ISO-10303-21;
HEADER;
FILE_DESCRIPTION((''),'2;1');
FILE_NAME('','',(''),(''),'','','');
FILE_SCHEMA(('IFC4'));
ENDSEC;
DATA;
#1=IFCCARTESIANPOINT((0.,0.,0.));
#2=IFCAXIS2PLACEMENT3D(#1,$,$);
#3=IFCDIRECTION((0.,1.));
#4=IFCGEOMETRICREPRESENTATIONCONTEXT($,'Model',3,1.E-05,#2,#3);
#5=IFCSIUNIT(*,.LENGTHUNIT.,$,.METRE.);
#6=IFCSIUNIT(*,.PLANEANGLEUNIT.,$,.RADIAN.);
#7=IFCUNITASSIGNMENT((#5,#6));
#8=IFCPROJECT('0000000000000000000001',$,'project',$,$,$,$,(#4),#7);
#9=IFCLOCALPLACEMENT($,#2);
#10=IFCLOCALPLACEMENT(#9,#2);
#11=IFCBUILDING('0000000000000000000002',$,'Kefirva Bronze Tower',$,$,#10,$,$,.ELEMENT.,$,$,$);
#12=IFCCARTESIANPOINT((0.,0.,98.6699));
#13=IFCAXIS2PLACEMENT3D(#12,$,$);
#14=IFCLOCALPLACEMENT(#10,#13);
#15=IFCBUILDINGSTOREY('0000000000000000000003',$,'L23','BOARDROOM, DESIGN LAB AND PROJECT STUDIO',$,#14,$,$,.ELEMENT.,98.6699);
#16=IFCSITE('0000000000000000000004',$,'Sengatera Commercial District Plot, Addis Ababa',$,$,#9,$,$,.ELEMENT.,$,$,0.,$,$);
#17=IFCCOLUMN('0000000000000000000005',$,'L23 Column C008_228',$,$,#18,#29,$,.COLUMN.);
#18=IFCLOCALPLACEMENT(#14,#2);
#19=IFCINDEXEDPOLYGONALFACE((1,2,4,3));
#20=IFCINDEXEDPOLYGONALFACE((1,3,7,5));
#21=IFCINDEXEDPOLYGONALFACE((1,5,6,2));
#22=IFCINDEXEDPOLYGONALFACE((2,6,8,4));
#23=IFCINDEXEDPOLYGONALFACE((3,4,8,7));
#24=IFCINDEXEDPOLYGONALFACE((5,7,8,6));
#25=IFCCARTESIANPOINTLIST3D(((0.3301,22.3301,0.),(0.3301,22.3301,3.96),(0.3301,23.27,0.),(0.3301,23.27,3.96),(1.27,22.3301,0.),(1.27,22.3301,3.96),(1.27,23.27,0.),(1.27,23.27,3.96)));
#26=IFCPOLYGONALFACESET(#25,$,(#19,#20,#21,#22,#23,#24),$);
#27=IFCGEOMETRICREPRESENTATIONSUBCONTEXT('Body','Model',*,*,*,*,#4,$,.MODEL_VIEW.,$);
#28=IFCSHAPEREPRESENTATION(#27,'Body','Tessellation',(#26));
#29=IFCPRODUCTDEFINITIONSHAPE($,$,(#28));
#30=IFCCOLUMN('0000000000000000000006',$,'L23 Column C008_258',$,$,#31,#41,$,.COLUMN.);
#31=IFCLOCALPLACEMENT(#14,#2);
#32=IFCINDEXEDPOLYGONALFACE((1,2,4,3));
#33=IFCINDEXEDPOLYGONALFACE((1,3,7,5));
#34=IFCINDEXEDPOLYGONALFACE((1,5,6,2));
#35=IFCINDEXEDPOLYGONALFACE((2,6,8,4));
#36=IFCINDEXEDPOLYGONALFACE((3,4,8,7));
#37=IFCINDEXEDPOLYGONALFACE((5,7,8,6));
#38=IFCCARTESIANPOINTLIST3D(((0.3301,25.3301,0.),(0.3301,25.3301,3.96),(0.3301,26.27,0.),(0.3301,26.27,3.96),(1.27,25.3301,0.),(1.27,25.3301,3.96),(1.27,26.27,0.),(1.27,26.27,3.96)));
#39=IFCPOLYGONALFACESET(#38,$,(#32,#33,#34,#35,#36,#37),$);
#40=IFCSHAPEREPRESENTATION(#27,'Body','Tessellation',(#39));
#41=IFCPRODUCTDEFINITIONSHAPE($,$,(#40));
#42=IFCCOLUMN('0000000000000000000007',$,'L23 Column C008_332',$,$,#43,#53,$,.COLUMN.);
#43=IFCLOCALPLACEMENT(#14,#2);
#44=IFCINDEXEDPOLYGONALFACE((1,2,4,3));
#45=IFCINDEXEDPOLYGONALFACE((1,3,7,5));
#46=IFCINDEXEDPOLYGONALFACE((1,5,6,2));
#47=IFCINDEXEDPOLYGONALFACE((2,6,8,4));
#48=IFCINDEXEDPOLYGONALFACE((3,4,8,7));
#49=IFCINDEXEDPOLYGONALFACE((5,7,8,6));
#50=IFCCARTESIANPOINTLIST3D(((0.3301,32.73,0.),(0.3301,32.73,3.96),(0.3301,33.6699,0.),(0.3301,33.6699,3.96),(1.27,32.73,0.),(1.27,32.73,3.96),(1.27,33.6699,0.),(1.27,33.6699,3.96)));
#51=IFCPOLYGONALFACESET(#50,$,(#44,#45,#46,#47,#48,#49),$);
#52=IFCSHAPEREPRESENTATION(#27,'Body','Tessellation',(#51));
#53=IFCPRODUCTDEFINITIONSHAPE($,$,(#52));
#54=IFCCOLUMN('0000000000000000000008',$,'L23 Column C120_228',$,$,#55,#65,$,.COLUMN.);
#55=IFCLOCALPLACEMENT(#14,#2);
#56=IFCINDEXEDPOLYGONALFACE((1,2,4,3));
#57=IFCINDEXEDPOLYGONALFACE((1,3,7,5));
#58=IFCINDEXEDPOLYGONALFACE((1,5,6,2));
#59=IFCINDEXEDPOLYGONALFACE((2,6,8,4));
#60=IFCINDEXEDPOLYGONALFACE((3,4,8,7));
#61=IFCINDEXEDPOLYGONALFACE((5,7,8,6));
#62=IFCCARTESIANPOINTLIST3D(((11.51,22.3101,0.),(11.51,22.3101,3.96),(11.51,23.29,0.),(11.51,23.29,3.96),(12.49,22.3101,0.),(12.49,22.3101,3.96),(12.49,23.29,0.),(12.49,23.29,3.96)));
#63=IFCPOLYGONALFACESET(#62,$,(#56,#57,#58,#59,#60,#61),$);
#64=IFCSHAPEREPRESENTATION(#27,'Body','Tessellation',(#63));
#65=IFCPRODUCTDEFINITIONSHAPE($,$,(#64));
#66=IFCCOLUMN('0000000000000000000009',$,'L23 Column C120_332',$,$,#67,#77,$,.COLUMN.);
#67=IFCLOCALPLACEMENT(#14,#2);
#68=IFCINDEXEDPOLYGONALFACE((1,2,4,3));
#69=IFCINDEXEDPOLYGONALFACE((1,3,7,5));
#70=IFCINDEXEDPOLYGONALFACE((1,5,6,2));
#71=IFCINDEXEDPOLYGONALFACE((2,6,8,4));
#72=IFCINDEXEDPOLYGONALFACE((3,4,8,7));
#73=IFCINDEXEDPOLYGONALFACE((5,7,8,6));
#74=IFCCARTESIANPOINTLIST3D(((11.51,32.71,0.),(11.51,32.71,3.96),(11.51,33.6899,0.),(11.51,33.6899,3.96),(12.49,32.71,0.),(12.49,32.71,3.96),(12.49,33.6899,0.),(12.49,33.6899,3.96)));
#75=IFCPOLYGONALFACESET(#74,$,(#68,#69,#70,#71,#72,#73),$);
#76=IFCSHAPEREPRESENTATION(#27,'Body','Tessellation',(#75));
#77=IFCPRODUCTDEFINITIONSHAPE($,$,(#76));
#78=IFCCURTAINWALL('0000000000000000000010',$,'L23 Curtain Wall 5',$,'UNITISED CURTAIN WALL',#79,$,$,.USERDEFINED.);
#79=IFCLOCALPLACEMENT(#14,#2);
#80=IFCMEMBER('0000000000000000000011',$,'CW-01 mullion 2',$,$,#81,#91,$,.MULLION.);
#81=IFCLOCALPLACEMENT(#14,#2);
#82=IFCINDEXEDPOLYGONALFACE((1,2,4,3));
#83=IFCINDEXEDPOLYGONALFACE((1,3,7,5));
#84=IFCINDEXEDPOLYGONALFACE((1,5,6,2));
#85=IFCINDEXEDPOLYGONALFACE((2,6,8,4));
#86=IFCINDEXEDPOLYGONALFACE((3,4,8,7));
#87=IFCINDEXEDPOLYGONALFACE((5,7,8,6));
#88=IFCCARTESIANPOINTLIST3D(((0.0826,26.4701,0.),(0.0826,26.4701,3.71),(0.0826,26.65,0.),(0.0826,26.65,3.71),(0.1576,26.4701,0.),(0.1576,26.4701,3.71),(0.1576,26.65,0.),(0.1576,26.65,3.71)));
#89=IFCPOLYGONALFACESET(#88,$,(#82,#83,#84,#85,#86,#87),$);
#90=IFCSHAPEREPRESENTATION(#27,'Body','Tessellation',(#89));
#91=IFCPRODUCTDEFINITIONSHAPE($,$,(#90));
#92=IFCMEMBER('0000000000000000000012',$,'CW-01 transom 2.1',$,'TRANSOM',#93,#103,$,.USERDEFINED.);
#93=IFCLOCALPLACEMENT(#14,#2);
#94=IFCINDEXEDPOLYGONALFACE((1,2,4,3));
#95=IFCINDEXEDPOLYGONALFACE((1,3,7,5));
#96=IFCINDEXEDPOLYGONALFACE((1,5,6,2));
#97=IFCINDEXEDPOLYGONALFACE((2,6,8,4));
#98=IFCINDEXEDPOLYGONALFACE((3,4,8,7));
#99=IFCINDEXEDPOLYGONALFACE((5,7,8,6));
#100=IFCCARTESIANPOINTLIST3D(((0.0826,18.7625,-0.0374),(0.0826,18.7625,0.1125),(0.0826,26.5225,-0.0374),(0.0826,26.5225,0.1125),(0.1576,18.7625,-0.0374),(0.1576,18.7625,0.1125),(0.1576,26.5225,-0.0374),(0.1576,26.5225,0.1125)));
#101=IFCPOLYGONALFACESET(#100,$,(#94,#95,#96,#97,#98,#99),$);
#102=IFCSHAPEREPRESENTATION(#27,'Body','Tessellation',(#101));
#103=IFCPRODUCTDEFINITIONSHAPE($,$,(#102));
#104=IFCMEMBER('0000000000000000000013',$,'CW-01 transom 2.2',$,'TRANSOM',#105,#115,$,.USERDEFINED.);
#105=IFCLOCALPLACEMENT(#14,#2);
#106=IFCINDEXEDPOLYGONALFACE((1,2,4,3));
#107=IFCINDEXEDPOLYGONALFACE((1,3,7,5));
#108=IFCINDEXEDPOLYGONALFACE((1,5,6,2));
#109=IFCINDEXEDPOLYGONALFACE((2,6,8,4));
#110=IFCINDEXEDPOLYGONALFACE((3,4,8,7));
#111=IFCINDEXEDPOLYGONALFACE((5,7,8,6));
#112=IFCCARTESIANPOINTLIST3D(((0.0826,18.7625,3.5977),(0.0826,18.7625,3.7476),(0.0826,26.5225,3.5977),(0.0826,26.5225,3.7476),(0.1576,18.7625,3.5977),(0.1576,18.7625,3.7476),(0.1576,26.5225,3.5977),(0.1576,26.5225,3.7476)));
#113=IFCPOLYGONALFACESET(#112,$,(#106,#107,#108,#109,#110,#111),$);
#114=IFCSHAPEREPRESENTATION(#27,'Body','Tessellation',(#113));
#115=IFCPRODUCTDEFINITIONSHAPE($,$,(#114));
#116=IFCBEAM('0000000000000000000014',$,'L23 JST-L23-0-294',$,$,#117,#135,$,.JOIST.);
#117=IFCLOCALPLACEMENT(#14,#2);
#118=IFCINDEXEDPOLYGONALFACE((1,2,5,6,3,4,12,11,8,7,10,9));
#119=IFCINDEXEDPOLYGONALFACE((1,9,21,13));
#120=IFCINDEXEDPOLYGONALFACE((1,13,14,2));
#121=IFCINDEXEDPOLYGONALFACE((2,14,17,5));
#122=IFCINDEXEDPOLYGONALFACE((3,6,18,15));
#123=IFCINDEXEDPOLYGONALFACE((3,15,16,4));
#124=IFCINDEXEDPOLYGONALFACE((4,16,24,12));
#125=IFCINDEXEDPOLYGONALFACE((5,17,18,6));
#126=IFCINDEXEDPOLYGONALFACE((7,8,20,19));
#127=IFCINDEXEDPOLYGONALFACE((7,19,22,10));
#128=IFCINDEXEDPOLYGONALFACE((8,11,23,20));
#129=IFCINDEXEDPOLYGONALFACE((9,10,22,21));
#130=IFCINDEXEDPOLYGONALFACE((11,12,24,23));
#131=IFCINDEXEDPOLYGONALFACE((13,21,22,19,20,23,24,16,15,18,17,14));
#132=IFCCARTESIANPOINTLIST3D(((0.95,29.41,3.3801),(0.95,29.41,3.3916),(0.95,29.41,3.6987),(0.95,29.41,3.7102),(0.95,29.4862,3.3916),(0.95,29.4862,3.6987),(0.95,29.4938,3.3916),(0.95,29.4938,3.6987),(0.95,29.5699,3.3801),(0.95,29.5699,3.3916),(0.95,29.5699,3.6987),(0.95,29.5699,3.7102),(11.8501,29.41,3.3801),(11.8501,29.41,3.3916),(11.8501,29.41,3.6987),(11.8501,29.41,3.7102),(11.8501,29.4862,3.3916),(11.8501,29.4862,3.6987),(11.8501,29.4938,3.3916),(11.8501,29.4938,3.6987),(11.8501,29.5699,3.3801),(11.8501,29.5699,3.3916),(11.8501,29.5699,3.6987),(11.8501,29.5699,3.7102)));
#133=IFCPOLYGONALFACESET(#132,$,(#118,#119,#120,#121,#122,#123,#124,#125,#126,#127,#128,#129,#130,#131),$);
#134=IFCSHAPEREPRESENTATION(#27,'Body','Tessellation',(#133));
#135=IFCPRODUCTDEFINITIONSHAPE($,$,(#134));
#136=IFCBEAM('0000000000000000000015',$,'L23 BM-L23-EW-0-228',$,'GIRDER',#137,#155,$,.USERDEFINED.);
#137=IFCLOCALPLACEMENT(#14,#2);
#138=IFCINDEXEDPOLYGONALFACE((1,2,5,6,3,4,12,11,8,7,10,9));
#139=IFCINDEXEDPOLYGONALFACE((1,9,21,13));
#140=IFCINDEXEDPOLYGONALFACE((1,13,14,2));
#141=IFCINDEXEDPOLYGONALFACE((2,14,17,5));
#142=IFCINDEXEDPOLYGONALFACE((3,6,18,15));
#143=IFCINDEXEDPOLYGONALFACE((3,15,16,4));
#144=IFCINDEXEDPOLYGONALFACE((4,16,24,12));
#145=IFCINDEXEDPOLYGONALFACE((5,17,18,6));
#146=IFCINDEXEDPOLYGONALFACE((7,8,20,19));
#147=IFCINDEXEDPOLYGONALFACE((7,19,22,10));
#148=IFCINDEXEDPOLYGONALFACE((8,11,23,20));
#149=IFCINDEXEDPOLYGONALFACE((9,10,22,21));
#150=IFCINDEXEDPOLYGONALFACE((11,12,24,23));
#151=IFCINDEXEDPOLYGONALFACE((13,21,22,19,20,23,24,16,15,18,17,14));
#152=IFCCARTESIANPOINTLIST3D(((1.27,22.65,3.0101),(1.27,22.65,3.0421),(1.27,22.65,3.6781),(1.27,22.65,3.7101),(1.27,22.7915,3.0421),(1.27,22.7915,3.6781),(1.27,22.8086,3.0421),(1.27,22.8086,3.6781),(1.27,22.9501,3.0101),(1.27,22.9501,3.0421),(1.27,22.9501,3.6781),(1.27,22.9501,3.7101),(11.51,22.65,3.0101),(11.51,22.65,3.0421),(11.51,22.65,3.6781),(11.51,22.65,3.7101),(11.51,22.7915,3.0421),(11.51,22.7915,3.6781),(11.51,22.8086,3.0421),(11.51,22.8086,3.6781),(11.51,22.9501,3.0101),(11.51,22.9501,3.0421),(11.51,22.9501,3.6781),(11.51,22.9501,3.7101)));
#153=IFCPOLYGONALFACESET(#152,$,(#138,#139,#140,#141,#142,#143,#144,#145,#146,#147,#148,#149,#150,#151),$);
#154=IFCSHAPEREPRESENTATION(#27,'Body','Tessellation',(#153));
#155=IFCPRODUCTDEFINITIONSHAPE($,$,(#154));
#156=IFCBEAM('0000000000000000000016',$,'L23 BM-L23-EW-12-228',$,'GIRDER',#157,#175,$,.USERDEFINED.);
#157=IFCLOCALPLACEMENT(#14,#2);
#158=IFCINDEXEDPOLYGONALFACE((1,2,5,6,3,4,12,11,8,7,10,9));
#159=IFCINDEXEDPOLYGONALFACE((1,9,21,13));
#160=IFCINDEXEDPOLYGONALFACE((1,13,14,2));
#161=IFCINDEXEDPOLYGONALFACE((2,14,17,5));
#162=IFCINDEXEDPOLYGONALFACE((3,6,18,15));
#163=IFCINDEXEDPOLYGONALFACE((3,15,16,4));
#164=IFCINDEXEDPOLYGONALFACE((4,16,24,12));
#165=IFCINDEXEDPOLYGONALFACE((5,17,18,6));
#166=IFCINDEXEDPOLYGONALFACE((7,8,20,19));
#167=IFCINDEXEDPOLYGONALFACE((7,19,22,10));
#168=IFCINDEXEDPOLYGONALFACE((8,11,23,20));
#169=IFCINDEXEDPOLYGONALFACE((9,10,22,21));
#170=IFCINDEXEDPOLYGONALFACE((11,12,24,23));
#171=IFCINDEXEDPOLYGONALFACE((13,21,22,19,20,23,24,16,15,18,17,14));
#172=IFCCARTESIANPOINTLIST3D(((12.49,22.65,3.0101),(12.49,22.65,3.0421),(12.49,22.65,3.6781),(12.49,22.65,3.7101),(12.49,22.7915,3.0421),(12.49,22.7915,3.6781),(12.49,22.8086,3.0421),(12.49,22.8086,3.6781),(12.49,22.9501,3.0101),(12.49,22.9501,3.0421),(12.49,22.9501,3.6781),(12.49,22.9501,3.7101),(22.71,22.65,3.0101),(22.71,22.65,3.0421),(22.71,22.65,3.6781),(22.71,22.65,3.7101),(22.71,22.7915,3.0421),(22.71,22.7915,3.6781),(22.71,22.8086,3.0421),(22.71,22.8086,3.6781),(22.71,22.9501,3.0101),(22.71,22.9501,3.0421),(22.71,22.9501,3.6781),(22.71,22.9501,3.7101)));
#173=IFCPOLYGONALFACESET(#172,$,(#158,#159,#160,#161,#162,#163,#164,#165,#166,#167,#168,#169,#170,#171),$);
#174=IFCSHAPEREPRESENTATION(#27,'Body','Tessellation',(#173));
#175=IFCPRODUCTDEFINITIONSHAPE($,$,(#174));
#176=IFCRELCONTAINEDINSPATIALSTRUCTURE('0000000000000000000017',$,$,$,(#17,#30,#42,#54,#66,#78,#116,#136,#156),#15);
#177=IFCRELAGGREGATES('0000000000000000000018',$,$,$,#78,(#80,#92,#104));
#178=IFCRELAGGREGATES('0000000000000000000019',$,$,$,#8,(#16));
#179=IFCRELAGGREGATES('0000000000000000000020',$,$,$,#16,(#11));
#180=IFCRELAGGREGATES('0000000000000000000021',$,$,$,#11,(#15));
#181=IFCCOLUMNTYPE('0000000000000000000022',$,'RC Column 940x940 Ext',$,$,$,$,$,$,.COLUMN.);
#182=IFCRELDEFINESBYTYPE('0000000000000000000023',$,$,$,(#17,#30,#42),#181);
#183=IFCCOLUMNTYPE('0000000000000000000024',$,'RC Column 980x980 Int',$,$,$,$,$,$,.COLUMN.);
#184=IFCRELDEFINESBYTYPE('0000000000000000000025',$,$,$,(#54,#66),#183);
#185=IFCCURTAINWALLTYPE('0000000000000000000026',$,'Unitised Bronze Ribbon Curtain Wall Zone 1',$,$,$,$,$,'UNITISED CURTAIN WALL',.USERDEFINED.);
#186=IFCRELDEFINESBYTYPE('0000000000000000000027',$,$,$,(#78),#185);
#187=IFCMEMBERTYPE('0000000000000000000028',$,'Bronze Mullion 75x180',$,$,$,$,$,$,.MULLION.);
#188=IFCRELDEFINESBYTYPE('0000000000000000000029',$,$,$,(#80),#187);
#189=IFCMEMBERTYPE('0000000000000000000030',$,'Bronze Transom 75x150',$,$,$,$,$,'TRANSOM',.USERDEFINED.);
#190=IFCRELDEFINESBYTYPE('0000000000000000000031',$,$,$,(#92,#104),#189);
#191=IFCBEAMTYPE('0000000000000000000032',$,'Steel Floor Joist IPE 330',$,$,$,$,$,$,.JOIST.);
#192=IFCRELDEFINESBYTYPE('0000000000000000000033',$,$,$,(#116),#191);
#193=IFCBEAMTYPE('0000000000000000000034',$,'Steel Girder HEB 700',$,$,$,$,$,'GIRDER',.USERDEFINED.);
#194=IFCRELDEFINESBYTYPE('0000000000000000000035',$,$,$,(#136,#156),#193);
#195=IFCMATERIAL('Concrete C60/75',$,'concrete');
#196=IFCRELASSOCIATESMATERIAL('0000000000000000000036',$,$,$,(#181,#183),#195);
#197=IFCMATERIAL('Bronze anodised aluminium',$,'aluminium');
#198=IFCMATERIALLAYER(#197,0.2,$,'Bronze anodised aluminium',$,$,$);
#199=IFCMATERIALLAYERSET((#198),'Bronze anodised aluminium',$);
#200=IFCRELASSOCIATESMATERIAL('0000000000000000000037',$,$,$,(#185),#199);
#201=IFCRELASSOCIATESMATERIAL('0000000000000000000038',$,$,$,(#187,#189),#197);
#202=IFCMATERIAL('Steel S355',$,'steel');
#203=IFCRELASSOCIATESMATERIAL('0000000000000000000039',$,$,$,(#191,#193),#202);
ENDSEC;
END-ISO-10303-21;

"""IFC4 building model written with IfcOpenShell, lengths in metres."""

from ifc_helpers import new_model, si_unit, direction, frame, origin, origin_2d, place, context, subcontext, project, spatial, rectangle, i_section, extrude, material, layer, layer_set, material_profile, profile_set, type_object, element, aggregate, save


model = new_model("IFC4")

# Units and contexts
model_context = context("Model", 3, precision=1e-05, world=origin(), true_north=direction((0.0, 1.0)))
body_context = subcontext(model_context, "Body", "Model", "MODEL_VIEW")
ifc_project = project(units=[si_unit("LENGTHUNIT", "METRE"), si_unit("PLANEANGLEUNIT", "RADIAN")], contexts=[model_context])

# Site, building, storey
site_placement = place(None, origin())
site = spatial("IfcSite", under=ifc_project, at=site_placement, Name="Sengatera Commercial District Plot, Addis Ababa", CompositionType="ELEMENT", RefElevation=0.0)
building_placement = place(site_placement, origin())
building = spatial("IfcBuilding", under=site, at=building_placement, Name="Kefirva Bronze Tower", CompositionType="ELEMENT")
storey_placement = place(building_placement, frame((0.0, 0.0, 98.6699)))
storey = spatial("IfcBuildingStorey", under=building, at=storey_placement, Name="L23", Description="BOARDROOM, DESIGN LAB AND PROJECT STUDIO", CompositionType="ELEMENT", Elevation=98.6699)

# Columns
ifc_material_1 = material(Name="Concrete C60/75", Category="concrete")
ifc_material_profile_1 = material_profile(ifc_material_1, rectangle(XDim=0.9399, YDim=0.9399, at=origin_2d()), Name="RC 940x940")
ifc_profile_set_1 = profile_set([ifc_material_profile_1], Name="Concrete C60/75")
column_type_1 = type_object("IfcColumnType", Name="RC Column 940x940 Ext", PredefinedType="COLUMN", material=ifc_profile_set_1)
for number, where, z_axis, x_axis, name in (
    (1, (0.8, 22.8, 0.0), (0.0, 0.0, 1.0), (1.0, 0.0, 0.0), "L23 Column C008_228"),
    (2, (0.8, 25.8, 0.0), (0.0, 0.0, 1.0), (1.0, 0.0, 0.0), "L23 Column C008_258"),
    (3, (0.8, 33.2, 0.0), (0.0, 0.0, 1.0), (1.0, 0.0, 0.0), "L23 Column C008_332"),
):
    element("IfcColumn", number, at=place(storey_placement, frame(where, z_axis=z_axis, x_axis=x_axis)), inside=storey, type_object=column_type_1, Name=name, PredefinedType="COLUMN", context=body_context, shape_type="SweptSolid", body=[
        extrude(rectangle(XDim=0.9399, YDim=0.9399, at=origin_2d()), origin(), (0.0, 0.0, 1.0), 3.96),
    ])
ifc_material_profile_2 = material_profile(ifc_material_1, rectangle(XDim=0.98, YDim=0.98, at=origin_2d()), Name="RC 980x980")
ifc_profile_set_2 = profile_set([ifc_material_profile_2], Name="Concrete C60/75")
column_type_2 = type_object("IfcColumnType", Name="RC Column 980x980 Int", PredefinedType="COLUMN", material=ifc_profile_set_2)
for number, where, z_axis, x_axis, name in (
    (4, (12.0, 22.8, 0.0), (0.0, 0.0, 1.0), (1.0, 0.0, 0.0), "L23 Column C120_228"),
    (5, (12.0, 33.2, 0.0), (0.0, 0.0, 1.0), (1.0, 0.0, 0.0), "L23 Column C120_332"),
):
    element("IfcColumn", number, at=place(storey_placement, frame(where, z_axis=z_axis, x_axis=x_axis)), inside=storey, type_object=column_type_2, Name=name, PredefinedType="COLUMN", context=body_context, shape_type="SweptSolid", body=[
        extrude(rectangle(XDim=0.98, YDim=0.98, at=origin_2d()), origin(), (0.0, 0.0, 1.0), 3.96),
    ])

# Curtain wall, members
ifc_material_2 = material(Name="Bronze anodised aluminium", Category="aluminium")
ifc_layer_1 = layer(ifc_material_2, 0.2, Name="Bronze anodised aluminium")
ifc_layer_set_1 = layer_set([ifc_layer_1], Name="Bronze anodised aluminium")
curtain_wall_type = type_object("IfcCurtainWallType", Name="Unitised Bronze Ribbon Curtain Wall Zone 1", ElementType="UNITISED CURTAIN WALL", PredefinedType="USERDEFINED", material=ifc_layer_set_1)
curtain_wall_placement = place(storey_placement, origin())
curtain_wall = element("IfcCurtainWall", 6, at=curtain_wall_placement, inside=storey, type_object=curtain_wall_type, Name="L23 Curtain Wall 5", ObjectType="UNITISED CURTAIN WALL", PredefinedType="USERDEFINED")
ifc_material_profile_3 = material_profile(ifc_material_2, rectangle(XDim=0.075, YDim=0.1799, at=origin_2d()), Name="ALU 75x180")
ifc_profile_set_3 = profile_set([ifc_material_profile_3], Name="Bronze anodised aluminium")
member_type_1 = type_object("IfcMemberType", Name="Bronze Mullion 75x180", PredefinedType="MULLION", material=ifc_profile_set_3)
member_1_placement = place(storey_placement, frame((0.1201, 26.5601, 0.0), z_axis=(0.0, 0.0, 1.0), x_axis=(1.0, 0.0, 0.0)))
member_1 = element("IfcMember", 7, at=member_1_placement, type_object=member_type_1, Name="CW-01 mullion 2", PredefinedType="MULLION", context=body_context, shape_type="SweptSolid", body=[
    extrude(rectangle(XDim=0.075, YDim=0.1799, at=origin_2d()), origin(), (0.0, 0.0, 1.0), 3.71),
])
ifc_material_profile_4 = material_profile(ifc_material_2, rectangle(XDim=0.075, YDim=0.1499, at=origin_2d()), Name="ALU 75x150")
ifc_profile_set_4 = profile_set([ifc_material_profile_4], Name="Bronze anodised aluminium")
member_type_2 = type_object("IfcMemberType", Name="Bronze Transom 75x150", ElementType="TRANSOM", PredefinedType="USERDEFINED", material=ifc_profile_set_4)
member_2_placement = place(storey_placement, frame((0.1201, 26.5225, 0.0376), z_axis=(0.0, -1.0, 0.0), x_axis=(1.0, 0.0, 0.0)))
member_2 = element("IfcMember", 8, at=member_2_placement, type_object=member_type_2, Name="CW-01 transom 2.1", ObjectType="TRANSOM", PredefinedType="USERDEFINED", context=body_context, shape_type="SweptSolid", body=[
    extrude(rectangle(XDim=0.075, YDim=0.1499, at=origin_2d()), origin(), (0.0, 0.0, 1.0), 7.76),
])
member_3_placement = place(storey_placement, frame((0.1201, 26.5225, 3.6726), z_axis=(0.0, -1.0, 0.0), x_axis=(1.0, 0.0, 0.0)))
member_3 = element("IfcMember", 9, at=member_3_placement, type_object=member_type_2, Name="CW-01 transom 2.2", ObjectType="TRANSOM", PredefinedType="USERDEFINED", context=body_context, shape_type="SweptSolid", body=[
    extrude(rectangle(XDim=0.075, YDim=0.1499, at=origin_2d()), origin(), (0.0, 0.0, 1.0), 7.76),
])

# Beams
ifc_material_3 = material(Name="Steel S355", Category="steel")
ifc_material_profile_5 = material_profile(ifc_material_3, i_section(OverallWidth=0.1599, OverallDepth=0.3301, WebThickness=0.0076, FlangeThickness=0.0115, at=origin_2d()), Name="IPE 330")
ifc_profile_set_5 = profile_set([ifc_material_profile_5], Name="Steel S355")
beam_type_1 = type_object("IfcBeamType", Name="Steel Floor Joist IPE 330", PredefinedType="JOIST", material=ifc_profile_set_5)
beam_1_placement = place(storey_placement, frame((0.95, 29.49, 3.5452), z_axis=(1.0, 0.0, 0.0), x_axis=(0.0, 1.0, 0.0)))
element("IfcBeam", 10, at=beam_1_placement, inside=storey, type_object=beam_type_1, Name="L23 JST-L23-0-294", PredefinedType="JOIST", context=body_context, shape_type="SweptSolid", body=[
    extrude(i_section(OverallWidth=0.1599, OverallDepth=0.3301, WebThickness=0.0076, FlangeThickness=0.0115, at=origin_2d()), origin(), (0.0, 0.0, 1.0), 10.9001),
])
ifc_material_profile_6 = material_profile(ifc_material_3, i_section(OverallWidth=0.3, OverallDepth=0.7, WebThickness=0.0171, FlangeThickness=0.032, at=origin_2d()), Name="HEB 700")
ifc_profile_set_6 = profile_set([ifc_material_profile_6], Name="Steel S355")
beam_type_2 = type_object("IfcBeamType", Name="Steel Girder HEB 700", ElementType="GIRDER", PredefinedType="USERDEFINED", material=ifc_profile_set_6)
beam_2_placement = place(storey_placement, frame((1.27, 22.8, 3.3601), z_axis=(1.0, 0.0, 0.0), x_axis=(0.0, 1.0, 0.0)))
element("IfcBeam", 11, at=beam_2_placement, inside=storey, type_object=beam_type_2, Name="L23 BM-L23-EW-0-228", ObjectType="GIRDER", PredefinedType="USERDEFINED", context=body_context, shape_type="SweptSolid", body=[
    extrude(i_section(OverallWidth=0.3, OverallDepth=0.7, WebThickness=0.0171, FlangeThickness=0.032, at=origin_2d()), origin(), (0.0, 0.0, 1.0), 10.24),
])
beam_3_placement = place(storey_placement, frame((12.49, 22.8, 3.3601), z_axis=(1.0, 0.0, 0.0), x_axis=(0.0, 1.0, 0.0)))
element("IfcBeam", 12, at=beam_3_placement, inside=storey, type_object=beam_type_2, Name="L23 BM-L23-EW-12-228", ObjectType="GIRDER", PredefinedType="USERDEFINED", context=body_context, shape_type="SweptSolid", body=[
    extrude(i_section(OverallWidth=0.3, OverallDepth=0.7, WebThickness=0.0171, FlangeThickness=0.032, at=origin_2d()), origin(), (0.0, 0.0, 1.0), 10.22),
])

aggregate(curtain_wall, [member_1, member_2, member_3])

save(model, "model.ifc")
